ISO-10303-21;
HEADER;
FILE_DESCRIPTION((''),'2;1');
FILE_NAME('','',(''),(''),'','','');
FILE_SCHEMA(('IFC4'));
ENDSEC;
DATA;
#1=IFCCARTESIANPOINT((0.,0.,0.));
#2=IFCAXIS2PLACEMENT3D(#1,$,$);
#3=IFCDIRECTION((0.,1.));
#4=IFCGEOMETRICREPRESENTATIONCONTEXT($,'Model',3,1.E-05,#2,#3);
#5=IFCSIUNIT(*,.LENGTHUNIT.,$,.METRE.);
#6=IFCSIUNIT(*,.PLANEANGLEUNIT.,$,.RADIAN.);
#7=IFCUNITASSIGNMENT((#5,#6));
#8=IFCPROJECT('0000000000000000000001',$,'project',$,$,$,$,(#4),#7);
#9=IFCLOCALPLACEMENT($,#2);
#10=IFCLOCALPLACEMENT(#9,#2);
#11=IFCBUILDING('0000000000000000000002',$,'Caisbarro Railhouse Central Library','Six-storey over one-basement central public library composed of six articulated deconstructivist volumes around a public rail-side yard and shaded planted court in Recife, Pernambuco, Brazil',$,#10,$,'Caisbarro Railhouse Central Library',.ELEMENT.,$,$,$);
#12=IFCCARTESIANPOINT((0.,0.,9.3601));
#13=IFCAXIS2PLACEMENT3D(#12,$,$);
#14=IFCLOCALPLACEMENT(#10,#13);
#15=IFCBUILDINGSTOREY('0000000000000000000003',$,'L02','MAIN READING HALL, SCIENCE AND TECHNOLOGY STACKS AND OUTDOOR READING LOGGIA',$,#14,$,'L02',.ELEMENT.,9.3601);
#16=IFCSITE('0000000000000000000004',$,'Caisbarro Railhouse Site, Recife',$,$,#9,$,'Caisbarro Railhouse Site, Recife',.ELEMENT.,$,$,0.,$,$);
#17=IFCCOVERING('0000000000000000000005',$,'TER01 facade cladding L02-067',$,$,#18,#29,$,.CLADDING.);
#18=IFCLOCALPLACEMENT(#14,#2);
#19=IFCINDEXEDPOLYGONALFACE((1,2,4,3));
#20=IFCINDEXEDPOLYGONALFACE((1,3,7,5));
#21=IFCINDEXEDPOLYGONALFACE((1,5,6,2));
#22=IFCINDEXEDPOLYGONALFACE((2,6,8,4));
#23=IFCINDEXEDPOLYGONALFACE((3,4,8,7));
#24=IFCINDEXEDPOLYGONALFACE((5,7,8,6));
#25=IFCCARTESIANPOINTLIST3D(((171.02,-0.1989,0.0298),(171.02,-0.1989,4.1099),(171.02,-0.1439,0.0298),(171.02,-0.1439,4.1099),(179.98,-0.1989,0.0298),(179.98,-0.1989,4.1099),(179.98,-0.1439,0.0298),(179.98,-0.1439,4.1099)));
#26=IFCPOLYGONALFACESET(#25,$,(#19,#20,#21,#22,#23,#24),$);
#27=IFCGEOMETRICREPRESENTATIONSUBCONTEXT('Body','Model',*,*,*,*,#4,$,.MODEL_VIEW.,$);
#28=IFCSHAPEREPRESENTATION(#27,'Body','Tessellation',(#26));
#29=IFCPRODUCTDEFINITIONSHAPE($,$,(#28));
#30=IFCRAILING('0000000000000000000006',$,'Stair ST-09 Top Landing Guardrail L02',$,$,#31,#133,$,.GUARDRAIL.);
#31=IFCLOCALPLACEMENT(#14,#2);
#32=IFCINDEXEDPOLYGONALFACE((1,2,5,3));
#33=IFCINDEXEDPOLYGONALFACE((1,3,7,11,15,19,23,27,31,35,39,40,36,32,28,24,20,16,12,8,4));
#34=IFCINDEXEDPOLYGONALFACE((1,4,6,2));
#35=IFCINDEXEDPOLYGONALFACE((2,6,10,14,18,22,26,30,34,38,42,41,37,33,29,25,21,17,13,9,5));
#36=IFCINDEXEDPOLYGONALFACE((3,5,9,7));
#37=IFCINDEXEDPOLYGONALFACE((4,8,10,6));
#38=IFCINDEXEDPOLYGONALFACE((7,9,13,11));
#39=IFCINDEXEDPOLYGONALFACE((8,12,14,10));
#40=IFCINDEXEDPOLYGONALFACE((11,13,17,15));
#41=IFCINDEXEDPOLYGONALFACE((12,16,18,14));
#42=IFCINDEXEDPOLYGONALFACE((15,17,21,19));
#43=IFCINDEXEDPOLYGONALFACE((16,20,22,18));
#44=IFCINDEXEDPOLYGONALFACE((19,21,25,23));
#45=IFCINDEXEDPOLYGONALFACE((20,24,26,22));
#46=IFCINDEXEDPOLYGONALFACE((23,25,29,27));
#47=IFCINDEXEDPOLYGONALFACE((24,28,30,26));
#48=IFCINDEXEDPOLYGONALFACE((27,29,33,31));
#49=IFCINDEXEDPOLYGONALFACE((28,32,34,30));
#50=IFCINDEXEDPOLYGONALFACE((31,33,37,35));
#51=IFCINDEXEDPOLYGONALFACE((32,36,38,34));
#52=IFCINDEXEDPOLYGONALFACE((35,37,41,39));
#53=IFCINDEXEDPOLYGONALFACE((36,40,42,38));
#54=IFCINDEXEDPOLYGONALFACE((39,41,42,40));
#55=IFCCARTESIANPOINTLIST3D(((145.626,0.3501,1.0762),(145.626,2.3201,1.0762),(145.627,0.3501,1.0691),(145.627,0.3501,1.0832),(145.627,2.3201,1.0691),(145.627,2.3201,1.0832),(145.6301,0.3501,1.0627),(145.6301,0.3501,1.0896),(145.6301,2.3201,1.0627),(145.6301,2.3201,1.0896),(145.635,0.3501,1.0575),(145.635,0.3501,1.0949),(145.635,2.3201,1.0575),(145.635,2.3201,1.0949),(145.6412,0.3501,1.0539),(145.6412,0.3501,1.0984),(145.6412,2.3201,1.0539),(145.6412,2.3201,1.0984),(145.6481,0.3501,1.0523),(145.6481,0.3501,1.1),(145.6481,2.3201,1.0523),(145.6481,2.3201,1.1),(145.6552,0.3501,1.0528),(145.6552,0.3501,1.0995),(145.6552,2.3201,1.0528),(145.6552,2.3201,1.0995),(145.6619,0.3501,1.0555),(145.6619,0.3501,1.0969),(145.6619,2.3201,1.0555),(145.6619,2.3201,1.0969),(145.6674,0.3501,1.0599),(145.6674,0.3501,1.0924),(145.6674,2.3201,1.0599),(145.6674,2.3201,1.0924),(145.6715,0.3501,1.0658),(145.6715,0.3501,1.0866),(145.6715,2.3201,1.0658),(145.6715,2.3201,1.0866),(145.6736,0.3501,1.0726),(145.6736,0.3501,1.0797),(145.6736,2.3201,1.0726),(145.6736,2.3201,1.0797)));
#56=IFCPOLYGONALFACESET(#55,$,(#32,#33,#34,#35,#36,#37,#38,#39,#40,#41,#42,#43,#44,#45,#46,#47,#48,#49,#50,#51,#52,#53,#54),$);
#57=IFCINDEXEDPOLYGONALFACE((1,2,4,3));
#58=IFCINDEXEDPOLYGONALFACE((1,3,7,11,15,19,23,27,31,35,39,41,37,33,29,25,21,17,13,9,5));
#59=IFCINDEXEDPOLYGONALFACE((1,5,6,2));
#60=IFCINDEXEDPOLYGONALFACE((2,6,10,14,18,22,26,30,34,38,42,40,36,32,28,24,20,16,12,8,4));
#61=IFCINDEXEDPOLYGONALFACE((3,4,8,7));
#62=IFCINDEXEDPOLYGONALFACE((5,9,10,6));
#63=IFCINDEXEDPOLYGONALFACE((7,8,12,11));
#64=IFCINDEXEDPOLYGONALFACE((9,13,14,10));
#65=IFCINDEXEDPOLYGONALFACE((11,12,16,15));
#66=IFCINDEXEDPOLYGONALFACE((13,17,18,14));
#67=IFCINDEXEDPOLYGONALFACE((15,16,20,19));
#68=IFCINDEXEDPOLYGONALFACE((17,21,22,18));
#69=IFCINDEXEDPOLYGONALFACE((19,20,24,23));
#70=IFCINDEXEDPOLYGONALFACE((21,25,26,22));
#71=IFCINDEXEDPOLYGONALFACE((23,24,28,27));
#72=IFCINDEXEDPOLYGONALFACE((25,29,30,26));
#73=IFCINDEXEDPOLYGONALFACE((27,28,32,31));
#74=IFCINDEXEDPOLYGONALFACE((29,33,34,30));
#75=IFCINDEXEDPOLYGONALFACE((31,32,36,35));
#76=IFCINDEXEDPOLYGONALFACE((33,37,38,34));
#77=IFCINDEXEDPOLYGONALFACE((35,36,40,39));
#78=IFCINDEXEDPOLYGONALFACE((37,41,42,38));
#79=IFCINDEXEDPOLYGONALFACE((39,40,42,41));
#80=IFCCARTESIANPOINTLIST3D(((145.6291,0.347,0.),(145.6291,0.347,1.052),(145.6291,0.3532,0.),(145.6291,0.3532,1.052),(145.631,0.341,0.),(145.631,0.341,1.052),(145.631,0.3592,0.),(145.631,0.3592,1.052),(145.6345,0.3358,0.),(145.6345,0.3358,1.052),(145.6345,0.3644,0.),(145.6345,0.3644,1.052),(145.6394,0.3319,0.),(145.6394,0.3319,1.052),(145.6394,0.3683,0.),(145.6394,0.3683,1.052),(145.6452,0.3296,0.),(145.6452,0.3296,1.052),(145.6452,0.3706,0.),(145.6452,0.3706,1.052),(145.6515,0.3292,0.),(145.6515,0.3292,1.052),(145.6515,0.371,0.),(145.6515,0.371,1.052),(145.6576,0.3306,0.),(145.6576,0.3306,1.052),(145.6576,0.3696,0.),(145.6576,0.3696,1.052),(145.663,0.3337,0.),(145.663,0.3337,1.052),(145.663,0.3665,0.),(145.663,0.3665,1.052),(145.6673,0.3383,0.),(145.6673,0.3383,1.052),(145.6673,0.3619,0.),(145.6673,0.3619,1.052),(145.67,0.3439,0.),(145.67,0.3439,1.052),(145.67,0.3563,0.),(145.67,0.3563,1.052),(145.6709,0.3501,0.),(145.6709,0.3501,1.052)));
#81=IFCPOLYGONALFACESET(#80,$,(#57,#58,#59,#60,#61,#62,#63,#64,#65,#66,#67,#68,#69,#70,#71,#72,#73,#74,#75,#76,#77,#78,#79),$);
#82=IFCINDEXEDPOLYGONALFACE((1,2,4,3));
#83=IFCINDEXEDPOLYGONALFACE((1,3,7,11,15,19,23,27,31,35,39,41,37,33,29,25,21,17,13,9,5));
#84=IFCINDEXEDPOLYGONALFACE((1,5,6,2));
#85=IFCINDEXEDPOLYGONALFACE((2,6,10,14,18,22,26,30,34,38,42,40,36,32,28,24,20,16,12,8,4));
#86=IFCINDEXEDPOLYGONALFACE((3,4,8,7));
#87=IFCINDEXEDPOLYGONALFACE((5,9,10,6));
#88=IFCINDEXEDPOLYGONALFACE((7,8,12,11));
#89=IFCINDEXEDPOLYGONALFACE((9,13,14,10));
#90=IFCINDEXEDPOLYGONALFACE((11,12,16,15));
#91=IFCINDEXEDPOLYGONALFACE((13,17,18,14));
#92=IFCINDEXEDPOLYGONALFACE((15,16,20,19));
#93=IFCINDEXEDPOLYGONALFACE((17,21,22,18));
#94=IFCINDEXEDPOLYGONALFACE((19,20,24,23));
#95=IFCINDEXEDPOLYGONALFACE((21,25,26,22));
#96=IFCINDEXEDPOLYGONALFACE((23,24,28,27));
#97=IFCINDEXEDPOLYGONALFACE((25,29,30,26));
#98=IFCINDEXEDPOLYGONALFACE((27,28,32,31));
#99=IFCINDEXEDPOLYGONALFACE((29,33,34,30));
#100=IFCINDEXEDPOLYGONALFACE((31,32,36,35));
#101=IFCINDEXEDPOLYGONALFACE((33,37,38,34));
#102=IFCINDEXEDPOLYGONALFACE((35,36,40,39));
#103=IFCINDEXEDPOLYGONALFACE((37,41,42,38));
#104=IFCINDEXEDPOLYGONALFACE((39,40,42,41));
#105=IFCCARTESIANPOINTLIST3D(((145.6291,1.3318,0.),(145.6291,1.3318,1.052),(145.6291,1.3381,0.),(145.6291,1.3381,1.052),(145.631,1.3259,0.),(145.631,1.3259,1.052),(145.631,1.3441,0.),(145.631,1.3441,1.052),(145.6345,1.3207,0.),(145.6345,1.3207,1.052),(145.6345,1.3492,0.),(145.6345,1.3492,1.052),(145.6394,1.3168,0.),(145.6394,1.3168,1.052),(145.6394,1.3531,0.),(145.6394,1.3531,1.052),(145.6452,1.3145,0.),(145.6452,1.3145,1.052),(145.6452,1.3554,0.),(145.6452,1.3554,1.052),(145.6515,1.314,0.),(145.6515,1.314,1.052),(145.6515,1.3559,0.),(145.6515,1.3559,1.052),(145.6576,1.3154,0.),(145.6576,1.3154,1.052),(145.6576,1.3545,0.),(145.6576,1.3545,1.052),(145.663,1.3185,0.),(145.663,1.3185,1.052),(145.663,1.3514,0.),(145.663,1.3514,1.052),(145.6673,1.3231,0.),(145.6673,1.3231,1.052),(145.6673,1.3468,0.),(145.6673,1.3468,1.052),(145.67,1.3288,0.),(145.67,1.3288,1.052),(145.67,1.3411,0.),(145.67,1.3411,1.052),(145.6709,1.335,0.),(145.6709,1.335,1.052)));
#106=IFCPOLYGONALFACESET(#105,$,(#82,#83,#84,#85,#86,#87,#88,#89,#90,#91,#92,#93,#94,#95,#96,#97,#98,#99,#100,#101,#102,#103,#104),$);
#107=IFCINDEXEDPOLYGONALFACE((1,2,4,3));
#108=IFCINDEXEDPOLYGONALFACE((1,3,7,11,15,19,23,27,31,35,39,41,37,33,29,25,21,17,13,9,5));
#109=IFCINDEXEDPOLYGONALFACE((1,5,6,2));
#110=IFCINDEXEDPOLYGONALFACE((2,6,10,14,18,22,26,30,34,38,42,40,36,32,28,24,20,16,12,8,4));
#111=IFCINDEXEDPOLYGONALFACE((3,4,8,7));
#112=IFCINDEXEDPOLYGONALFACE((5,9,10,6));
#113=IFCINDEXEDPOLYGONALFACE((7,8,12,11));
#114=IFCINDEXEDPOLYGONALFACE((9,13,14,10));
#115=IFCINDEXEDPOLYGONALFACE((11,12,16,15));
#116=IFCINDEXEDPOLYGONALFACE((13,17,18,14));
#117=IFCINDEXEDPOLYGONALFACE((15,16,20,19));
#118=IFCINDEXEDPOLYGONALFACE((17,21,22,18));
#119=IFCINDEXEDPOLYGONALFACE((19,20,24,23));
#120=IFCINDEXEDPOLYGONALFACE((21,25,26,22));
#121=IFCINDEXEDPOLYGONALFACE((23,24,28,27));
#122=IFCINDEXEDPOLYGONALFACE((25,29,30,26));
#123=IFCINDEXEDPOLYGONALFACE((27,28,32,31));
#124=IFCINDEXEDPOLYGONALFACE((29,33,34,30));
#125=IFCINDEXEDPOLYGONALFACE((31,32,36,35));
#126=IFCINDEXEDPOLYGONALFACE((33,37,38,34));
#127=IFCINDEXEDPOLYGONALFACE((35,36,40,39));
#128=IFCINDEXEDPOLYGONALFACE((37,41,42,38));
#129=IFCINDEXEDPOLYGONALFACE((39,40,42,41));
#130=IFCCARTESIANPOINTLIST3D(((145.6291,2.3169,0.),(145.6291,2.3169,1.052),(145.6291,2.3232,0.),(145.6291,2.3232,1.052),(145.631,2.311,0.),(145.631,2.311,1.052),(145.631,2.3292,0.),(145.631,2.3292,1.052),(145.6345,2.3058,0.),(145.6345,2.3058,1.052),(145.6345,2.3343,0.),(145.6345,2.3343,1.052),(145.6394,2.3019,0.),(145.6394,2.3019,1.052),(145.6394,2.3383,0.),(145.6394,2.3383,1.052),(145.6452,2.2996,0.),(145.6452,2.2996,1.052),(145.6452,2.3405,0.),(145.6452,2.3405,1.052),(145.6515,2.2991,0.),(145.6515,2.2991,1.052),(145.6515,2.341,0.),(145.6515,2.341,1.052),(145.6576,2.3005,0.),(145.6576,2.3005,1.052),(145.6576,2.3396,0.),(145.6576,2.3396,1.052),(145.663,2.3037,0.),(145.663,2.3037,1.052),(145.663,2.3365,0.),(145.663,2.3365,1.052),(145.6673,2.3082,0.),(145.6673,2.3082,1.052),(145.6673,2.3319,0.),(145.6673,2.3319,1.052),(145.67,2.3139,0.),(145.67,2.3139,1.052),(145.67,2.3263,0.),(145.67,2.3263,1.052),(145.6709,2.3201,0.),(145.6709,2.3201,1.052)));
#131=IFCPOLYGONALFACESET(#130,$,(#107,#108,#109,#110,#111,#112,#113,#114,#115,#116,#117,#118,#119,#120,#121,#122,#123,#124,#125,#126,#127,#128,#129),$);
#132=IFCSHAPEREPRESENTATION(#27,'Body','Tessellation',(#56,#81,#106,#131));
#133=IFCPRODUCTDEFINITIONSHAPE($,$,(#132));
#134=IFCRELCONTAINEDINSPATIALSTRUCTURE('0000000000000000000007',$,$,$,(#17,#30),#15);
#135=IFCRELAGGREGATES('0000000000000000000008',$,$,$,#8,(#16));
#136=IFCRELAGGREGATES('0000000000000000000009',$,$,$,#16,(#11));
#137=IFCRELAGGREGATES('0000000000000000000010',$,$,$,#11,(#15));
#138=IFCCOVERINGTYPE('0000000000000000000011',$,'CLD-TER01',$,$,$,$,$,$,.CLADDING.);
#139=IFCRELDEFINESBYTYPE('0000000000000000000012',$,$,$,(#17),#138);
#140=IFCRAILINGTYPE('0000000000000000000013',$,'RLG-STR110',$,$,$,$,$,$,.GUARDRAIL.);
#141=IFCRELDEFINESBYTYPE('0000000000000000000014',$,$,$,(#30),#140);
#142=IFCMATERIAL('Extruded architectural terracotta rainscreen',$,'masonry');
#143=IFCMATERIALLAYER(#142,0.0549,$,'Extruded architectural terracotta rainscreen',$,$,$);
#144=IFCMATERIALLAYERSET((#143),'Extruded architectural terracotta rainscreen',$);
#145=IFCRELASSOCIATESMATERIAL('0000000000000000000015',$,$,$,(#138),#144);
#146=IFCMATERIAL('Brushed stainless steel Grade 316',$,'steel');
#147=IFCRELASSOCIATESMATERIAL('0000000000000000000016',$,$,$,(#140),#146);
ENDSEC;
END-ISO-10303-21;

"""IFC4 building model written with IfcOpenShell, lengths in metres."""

from ifc_helpers import new_model, si_unit, direction, frame, origin, origin_2d, place, context, subcontext, project, spatial, rectangle, circle, extrude, material, layer, layer_set, type_object, element, save


model = new_model("IFC4")

# Units and contexts
model_context = context("Model", 3, precision=1e-05, world=origin(), true_north=direction((0.0, 1.0)))
body_context = subcontext(model_context, "Body", "Model", "MODEL_VIEW")
ifc_project = project(units=[si_unit("LENGTHUNIT", "METRE"), si_unit("PLANEANGLEUNIT", "RADIAN")], contexts=[model_context])

# Site, building, storey
site_placement = place(None, origin())
site = spatial("IfcSite", under=ifc_project, at=site_placement, Name="Caisbarro Railhouse Site, Recife", LongName="Caisbarro Railhouse Site, Recife", CompositionType="ELEMENT", RefElevation=0.0)
building_placement = place(site_placement, origin())
building = spatial("IfcBuilding", under=site, at=building_placement, Name="Caisbarro Railhouse Central Library", Description="Six-storey over one-basement central public library composed of six articulated deconstructivist volumes around a public rail-side yard and shaded planted court in Recife, Pernambuco, Brazil", LongName="Caisbarro Railhouse Central Library", CompositionType="ELEMENT")
storey_placement = place(building_placement, frame((0.0, 0.0, 9.3601)))
storey = spatial("IfcBuildingStorey", under=building, at=storey_placement, Name="L02", Description="MAIN READING HALL, SCIENCE AND TECHNOLOGY STACKS AND OUTDOOR READING LOGGIA", LongName="L02", CompositionType="ELEMENT", Elevation=9.3601)

# Covering
ifc_material_1 = material(Name="Extruded architectural terracotta rainscreen", Category="masonry")
ifc_layer_1 = layer(ifc_material_1, 0.0549, Name="Extruded architectural terracotta rainscreen")
ifc_layer_set_1 = layer_set([ifc_layer_1], Name="Extruded architectural terracotta rainscreen")
covering_type = type_object("IfcCoveringType", Name="CLD-TER01", PredefinedType="CLADDING", material=ifc_layer_set_1)
for number, where, z_axis, x_axis, name in (
    (1, (175.5, -0.1714, 0.0298), (0.0, 0.0, 1.0), (1.0, 0.0, 0.0), "TER01 facade cladding L02-067"),
):
    element("IfcCovering", number, at=place(storey_placement, frame(where, z_axis=z_axis, x_axis=x_axis)), inside=storey, type_object=covering_type, Name=name, PredefinedType="CLADDING", context=body_context, shape_type="SweptSolid", body=[
        extrude(rectangle(XDim=8.96, YDim=0.0549, at=origin_2d()), origin(), (0.0, 0.0, 1.0), 4.0801),
    ])

# Railing
ifc_material_2 = material(Name="Brushed stainless steel Grade 316", Category="steel")
railing_type_1 = type_object("IfcRailingType", Name="RLG-STR110", PredefinedType="GUARDRAIL", material=ifc_material_2)
railing_1_placement = place(storey_placement, frame((145.6499, 0.3501, 0.0)))
element("IfcRailing", 2, at=railing_1_placement, inside=storey, type_object=railing_type_1, Name="Stair ST-09 Top Landing Guardrail L02", PredefinedType="GUARDRAIL", context=body_context, shape_type="SweptSolid", body=[
    extrude(circle(Radius=0.0239, at=origin_2d()), frame((0.0, 0.0, 1.0762), z_axis=(0.0, 1.0, 0.0), x_axis=(-1.0, 0.0, 0.0)), (0.0, 0.0, 1.0), 1.97),
    extrude(circle(Radius=0.021, at=origin_2d()), origin(), (0.0, 0.0, 1.0), 1.052),
    extrude(circle(Radius=0.021, at=origin_2d()), frame((0.0, 0.9849, 0.0)), (0.0, 0.0, 1.0), 1.052),
    extrude(circle(Radius=0.021, at=origin_2d()), frame((0.0, 1.97, 0.0)), (0.0, 0.0, 1.0), 1.052),
])

save(model, "model.ifc")
